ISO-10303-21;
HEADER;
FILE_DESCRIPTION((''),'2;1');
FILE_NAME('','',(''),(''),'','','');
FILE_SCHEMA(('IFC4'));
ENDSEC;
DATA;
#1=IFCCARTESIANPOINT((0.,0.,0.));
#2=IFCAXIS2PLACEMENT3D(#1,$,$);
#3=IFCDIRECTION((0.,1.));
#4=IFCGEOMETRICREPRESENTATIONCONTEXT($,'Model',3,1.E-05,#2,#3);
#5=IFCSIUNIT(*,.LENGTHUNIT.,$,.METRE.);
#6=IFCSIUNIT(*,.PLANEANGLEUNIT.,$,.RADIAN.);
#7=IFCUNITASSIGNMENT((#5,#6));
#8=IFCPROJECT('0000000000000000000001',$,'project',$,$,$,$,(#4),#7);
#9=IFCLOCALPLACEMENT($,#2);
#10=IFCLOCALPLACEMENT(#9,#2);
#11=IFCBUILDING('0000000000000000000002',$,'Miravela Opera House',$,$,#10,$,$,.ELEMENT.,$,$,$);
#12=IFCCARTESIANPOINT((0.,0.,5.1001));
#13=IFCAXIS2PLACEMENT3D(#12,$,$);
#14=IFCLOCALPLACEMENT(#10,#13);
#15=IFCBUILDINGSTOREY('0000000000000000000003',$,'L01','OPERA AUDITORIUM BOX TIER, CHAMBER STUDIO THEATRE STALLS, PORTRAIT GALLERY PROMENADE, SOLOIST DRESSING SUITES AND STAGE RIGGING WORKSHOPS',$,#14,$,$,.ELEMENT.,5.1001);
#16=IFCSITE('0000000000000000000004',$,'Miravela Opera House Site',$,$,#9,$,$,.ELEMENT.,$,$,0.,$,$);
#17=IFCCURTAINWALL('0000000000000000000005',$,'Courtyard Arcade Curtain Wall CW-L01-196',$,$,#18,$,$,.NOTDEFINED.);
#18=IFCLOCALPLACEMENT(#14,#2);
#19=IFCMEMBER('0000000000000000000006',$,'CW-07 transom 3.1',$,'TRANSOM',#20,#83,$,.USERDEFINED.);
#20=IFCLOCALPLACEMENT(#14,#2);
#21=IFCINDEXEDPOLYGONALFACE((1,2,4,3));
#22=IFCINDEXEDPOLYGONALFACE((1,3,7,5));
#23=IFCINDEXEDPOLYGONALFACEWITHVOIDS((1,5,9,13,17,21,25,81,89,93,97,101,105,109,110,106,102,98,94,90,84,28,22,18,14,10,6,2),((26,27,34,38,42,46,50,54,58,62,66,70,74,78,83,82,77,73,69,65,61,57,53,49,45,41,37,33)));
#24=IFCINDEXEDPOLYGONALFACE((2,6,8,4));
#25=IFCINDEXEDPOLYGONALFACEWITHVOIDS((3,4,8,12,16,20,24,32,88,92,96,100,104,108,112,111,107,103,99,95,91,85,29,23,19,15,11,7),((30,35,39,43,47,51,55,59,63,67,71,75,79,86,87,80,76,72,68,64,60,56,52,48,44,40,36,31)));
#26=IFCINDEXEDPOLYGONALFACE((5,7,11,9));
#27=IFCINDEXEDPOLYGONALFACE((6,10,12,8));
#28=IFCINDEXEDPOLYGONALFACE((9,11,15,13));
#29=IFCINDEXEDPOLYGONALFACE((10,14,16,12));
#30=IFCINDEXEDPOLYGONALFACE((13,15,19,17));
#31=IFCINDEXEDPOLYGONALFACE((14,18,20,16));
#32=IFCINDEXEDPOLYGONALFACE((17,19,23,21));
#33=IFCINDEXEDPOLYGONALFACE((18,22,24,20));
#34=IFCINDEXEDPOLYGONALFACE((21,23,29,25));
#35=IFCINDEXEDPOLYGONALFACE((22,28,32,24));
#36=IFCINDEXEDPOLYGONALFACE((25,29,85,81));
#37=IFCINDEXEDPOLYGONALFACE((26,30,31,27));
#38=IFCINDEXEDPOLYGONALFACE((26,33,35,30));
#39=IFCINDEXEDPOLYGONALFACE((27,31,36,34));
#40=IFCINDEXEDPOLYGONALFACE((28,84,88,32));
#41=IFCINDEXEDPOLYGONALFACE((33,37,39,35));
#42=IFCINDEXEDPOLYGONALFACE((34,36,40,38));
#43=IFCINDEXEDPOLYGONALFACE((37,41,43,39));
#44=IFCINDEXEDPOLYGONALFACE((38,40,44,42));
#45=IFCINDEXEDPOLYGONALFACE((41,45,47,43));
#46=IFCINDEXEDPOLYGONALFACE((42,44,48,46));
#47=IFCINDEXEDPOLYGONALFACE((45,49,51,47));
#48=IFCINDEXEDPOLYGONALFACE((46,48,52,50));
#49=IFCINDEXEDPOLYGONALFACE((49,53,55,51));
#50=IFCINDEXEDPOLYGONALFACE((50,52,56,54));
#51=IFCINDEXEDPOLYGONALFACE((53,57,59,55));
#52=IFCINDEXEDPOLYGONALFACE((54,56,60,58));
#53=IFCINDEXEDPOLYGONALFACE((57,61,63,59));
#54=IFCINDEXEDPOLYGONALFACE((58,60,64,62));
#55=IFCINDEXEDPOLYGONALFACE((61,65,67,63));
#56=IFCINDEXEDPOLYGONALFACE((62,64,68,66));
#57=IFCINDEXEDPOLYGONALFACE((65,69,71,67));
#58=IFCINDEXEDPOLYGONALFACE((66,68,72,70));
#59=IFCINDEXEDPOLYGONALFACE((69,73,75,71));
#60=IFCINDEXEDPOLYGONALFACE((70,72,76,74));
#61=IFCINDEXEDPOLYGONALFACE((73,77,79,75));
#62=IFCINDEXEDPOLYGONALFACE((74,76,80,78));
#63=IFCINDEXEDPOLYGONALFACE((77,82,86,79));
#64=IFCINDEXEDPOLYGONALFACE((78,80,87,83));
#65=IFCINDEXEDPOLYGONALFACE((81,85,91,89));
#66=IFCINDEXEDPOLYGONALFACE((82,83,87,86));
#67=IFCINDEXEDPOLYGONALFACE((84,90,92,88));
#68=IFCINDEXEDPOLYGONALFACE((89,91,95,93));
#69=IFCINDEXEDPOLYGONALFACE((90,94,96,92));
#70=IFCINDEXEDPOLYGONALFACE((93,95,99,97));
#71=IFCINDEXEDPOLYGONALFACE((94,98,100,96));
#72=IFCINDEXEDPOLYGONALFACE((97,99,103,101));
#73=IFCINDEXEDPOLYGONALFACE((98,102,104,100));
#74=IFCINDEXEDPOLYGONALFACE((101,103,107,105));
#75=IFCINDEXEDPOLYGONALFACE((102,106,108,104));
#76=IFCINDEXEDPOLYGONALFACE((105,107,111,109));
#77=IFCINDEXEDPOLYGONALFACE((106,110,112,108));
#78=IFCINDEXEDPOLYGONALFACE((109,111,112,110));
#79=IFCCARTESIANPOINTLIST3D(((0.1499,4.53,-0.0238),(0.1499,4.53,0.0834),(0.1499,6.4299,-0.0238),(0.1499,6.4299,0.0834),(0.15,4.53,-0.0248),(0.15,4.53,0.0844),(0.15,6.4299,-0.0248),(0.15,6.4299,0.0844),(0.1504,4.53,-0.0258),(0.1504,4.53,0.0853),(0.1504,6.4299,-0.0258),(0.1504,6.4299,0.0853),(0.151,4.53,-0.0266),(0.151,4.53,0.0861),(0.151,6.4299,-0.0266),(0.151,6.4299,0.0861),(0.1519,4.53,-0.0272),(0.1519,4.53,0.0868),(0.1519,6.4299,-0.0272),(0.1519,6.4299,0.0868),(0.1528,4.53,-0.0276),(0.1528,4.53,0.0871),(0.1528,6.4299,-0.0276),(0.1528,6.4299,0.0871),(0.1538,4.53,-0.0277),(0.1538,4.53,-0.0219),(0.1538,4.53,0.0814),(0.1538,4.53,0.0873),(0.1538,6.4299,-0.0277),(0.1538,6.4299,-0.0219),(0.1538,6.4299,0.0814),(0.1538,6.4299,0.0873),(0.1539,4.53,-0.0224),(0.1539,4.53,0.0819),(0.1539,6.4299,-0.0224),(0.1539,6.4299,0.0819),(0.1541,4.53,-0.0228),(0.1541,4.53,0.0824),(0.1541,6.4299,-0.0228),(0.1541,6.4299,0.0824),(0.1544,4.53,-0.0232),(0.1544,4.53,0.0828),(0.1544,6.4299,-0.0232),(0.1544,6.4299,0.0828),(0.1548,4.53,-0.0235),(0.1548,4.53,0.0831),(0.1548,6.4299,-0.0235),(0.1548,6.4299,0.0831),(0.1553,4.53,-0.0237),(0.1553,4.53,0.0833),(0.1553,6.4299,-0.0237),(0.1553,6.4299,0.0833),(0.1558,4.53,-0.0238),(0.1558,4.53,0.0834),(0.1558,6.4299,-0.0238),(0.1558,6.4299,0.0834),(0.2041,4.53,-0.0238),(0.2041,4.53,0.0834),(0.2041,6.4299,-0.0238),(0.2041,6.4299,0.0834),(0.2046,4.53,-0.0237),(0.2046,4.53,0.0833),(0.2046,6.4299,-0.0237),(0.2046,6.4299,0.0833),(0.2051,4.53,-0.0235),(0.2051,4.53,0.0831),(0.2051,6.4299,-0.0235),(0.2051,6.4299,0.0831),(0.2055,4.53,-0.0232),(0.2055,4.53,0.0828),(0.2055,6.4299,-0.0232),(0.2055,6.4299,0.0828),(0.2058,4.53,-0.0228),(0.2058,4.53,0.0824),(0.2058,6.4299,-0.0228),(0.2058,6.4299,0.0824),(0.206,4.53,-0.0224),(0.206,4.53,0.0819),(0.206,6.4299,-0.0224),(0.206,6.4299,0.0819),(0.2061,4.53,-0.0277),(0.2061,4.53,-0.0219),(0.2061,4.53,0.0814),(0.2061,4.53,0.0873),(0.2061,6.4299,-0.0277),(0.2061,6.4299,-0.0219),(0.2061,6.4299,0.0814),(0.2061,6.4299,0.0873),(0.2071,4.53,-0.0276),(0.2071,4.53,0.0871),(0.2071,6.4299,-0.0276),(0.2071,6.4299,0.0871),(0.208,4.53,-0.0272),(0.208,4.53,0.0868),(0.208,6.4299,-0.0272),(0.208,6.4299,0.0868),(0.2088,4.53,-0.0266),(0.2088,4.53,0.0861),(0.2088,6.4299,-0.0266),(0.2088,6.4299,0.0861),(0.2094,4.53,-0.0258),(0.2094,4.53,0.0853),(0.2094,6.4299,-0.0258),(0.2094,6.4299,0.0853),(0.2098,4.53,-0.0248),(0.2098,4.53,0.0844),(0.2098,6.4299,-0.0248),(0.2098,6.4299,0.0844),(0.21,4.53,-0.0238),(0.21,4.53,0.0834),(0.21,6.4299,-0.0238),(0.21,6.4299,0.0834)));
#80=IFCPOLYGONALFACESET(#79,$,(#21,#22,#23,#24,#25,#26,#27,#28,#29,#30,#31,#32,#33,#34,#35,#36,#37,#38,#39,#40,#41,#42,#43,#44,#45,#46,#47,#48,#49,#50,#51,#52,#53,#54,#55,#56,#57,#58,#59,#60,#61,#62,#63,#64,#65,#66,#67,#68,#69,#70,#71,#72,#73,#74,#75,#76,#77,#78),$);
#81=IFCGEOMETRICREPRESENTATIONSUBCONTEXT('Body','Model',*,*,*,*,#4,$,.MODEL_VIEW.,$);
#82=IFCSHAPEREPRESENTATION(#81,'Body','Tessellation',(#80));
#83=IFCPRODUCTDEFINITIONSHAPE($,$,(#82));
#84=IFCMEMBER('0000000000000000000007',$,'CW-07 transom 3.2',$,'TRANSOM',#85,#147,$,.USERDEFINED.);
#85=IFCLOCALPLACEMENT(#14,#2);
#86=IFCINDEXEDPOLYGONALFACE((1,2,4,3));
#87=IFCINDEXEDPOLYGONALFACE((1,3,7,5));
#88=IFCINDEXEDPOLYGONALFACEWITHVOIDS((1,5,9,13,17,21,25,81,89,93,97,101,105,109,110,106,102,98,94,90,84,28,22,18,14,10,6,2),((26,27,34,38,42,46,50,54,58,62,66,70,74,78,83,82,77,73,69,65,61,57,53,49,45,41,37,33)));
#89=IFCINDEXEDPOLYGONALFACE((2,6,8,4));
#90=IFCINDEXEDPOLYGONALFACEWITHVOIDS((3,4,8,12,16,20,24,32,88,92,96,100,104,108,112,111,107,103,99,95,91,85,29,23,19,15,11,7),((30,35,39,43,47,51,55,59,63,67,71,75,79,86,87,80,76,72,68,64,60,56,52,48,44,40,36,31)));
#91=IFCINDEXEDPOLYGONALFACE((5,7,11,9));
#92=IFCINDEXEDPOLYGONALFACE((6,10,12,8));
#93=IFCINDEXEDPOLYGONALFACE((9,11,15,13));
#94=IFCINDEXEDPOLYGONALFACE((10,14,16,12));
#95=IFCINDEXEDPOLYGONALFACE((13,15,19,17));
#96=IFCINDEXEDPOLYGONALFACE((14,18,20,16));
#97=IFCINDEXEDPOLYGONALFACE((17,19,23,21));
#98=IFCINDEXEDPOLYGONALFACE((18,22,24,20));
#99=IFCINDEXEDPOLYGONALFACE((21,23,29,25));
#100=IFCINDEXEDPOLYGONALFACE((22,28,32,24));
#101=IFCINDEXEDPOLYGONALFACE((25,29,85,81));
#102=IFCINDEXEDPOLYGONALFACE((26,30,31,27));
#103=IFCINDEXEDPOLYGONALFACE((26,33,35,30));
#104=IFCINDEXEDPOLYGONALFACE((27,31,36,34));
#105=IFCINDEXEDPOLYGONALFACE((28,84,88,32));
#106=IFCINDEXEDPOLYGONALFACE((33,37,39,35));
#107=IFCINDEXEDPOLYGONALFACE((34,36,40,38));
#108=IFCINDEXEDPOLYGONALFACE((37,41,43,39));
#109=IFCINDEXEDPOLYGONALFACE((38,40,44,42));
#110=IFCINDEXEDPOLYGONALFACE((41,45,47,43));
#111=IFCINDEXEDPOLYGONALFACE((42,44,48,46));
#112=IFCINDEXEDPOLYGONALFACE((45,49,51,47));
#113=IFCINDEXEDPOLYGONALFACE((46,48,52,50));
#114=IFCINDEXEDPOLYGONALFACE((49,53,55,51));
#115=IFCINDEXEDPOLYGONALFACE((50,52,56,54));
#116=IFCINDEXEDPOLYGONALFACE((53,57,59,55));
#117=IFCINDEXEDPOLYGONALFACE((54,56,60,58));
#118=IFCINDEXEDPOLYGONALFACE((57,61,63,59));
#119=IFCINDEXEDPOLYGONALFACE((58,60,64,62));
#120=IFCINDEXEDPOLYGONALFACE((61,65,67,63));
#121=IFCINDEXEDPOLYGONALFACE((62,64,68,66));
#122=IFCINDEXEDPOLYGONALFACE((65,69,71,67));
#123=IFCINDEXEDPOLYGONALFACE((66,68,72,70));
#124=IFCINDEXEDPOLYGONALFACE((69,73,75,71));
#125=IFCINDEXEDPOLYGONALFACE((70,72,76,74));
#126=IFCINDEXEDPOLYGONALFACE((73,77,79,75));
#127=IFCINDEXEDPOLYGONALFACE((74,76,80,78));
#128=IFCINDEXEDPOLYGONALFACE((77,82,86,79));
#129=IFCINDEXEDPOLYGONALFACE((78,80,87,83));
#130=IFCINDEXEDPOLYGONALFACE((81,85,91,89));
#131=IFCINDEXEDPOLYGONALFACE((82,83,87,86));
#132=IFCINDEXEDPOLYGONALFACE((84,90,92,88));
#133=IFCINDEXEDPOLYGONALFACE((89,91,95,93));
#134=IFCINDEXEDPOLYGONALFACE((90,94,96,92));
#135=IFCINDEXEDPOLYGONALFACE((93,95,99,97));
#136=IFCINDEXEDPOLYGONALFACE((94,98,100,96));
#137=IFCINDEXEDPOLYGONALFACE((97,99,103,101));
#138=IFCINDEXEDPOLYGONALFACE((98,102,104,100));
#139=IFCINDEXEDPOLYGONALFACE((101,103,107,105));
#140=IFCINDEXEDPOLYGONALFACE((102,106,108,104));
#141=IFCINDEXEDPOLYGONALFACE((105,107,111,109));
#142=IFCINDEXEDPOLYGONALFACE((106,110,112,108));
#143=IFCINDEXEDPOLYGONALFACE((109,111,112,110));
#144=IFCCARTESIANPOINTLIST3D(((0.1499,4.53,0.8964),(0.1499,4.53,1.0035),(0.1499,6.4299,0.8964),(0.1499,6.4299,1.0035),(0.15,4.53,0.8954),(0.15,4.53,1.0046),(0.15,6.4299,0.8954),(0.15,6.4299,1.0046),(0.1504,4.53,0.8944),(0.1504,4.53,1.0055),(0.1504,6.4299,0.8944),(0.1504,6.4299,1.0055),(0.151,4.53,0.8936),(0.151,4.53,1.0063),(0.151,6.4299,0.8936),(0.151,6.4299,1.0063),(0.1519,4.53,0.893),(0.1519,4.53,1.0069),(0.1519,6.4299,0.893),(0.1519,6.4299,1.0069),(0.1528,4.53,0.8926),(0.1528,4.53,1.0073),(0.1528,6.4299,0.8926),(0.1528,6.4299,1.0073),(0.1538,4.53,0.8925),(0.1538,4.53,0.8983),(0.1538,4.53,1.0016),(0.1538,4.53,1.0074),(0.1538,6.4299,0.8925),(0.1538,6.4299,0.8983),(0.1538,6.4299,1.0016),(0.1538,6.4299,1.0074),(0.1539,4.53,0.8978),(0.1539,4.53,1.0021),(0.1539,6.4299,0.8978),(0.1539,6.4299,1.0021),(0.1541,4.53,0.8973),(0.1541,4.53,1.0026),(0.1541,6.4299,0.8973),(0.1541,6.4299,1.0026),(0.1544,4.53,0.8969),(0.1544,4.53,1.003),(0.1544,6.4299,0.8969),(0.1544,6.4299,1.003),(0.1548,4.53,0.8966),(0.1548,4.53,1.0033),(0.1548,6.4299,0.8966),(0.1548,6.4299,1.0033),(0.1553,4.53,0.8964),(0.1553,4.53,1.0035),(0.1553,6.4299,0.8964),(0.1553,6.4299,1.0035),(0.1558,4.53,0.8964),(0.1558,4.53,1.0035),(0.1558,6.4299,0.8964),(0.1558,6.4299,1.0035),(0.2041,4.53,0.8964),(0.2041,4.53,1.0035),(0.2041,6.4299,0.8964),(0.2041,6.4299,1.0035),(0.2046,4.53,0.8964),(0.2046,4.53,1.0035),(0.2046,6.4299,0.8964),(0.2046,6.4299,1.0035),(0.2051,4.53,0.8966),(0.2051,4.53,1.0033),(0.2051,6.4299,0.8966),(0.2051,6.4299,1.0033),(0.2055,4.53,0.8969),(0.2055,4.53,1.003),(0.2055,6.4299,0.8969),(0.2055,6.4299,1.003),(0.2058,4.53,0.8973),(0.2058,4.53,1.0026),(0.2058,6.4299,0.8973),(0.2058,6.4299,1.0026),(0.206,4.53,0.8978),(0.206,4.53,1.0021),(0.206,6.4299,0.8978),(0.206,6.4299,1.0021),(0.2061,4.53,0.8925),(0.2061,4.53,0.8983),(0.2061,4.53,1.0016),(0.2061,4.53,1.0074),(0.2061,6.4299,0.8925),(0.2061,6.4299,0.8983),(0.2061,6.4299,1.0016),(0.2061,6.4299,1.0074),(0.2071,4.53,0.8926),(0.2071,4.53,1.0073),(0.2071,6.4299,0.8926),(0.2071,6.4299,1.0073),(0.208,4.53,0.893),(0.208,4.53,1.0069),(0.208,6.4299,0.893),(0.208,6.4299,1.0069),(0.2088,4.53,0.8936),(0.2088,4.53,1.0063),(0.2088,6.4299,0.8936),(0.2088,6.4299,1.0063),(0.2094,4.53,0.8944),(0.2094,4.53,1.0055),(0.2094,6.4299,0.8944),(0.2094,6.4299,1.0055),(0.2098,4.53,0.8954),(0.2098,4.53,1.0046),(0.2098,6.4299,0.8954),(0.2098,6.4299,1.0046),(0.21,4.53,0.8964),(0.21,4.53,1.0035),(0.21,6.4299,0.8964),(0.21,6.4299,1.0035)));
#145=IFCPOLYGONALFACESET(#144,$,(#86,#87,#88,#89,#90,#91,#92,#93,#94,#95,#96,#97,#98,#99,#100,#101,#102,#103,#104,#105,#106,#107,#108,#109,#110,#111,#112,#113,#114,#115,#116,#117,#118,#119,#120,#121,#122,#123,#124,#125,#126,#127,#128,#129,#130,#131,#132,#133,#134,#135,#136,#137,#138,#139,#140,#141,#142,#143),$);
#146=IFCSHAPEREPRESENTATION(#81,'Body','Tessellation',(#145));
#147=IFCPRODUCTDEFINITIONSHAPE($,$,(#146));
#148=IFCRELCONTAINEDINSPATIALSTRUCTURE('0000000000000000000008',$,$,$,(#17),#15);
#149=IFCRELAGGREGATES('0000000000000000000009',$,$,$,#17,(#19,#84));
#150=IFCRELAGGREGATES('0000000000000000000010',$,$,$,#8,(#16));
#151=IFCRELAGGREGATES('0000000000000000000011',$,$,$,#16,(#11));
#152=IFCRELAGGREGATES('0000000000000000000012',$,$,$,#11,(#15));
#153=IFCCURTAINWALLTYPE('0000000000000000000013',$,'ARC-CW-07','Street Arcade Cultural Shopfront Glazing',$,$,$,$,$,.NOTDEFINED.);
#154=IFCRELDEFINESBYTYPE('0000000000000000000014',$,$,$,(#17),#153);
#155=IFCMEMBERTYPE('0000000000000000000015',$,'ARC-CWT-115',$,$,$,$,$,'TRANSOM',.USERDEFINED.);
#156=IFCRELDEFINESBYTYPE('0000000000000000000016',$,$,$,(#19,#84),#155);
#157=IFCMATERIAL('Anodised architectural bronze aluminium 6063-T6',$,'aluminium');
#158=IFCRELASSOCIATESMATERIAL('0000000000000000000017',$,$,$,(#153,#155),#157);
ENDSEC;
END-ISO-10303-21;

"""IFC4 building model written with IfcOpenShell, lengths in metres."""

from ifc_helpers import new_model, si_unit, direction, frame, origin, origin_2d, place, context, subcontext, project, spatial, hollow_rectangle, extrude, material, material_profile, profile_set, type_object, element, aggregate, save


model = new_model("IFC4")

# Units and contexts
model_context = context("Model", 3, precision=1e-05, world=origin(), true_north=direction((0.0, 1.0)))
body_context = subcontext(model_context, "Body", "Model", "MODEL_VIEW")
ifc_project = project(units=[si_unit("LENGTHUNIT", "METRE"), si_unit("PLANEANGLEUNIT", "RADIAN")], contexts=[model_context])

# Site, building, storey
site_placement = place(None, origin())
site = spatial("IfcSite", under=ifc_project, at=site_placement, Name="Miravela Opera House Site", CompositionType="ELEMENT", RefElevation=0.0)
building_placement = place(site_placement, origin())
building = spatial("IfcBuilding", under=site, at=building_placement, Name="Miravela Opera House", CompositionType="ELEMENT")
storey_placement = place(building_placement, frame((0.0, 0.0, 5.1001)))
storey = spatial("IfcBuildingStorey", under=building, at=storey_placement, Name="L01", Description="OPERA AUDITORIUM BOX TIER, CHAMBER STUDIO THEATRE STALLS, PORTRAIT GALLERY PROMENADE, SOLOIST DRESSING SUITES AND STAGE RIGGING WORKSHOPS", CompositionType="ELEMENT", Elevation=5.1001)

# Curtain wall
ifc_material_1 = material(Name="Anodised architectural bronze aluminium 6063-T6", Category="aluminium")
curtain_wall_type = type_object("IfcCurtainWallType", Name="ARC-CW-07", Description="Street Arcade Cultural Shopfront Glazing", PredefinedType="NOTDEFINED", material=ifc_material_1)
curtain_wall_1_placement = place(storey_placement, origin())
curtain_wall_1 = element("IfcCurtainWall", 1, at=curtain_wall_1_placement, inside=storey, type_object=curtain_wall_type, Name="Courtyard Arcade Curtain Wall CW-L01-196", PredefinedType="NOTDEFINED")

# Members
ifc_material_profile_1 = material_profile(ifc_material_1, hollow_rectangle(XDim=0.0601, YDim=0.115, WallThickness=0.0039, InnerFilletRadius=0.002, OuterFilletRadius=0.0039, at=origin_2d()), Name="CWT-60X115")
ifc_profile_set_1 = profile_set([ifc_material_profile_1])
member_type_1 = type_object("IfcMemberType", Name="ARC-CWT-115", ElementType="TRANSOM", PredefinedType="USERDEFINED", material=ifc_profile_set_1)
member_1_placement = place(storey_placement, frame((0.1799, 4.53, 0.0298), z_axis=(0.0, 1.0, 0.0), x_axis=(-1.0, 0.0, 0.0)))
member_1 = element("IfcMember", 2, at=member_1_placement, type_object=member_type_1, Name="CW-07 transom 3.1", ObjectType="TRANSOM", PredefinedType="USERDEFINED", context=body_context, shape_type="SweptSolid", body=[
    extrude(hollow_rectangle(XDim=0.0601, YDim=0.115, WallThickness=0.0039, InnerFilletRadius=0.002, OuterFilletRadius=0.0039, at=origin_2d()), origin(), (0.0, 0.0, 1.0), 1.8999),
])
member_2_placement = place(storey_placement, frame((0.1799, 4.53, 0.95), z_axis=(0.0, 1.0, 0.0), x_axis=(-1.0, 0.0, 0.0)))
member_2 = element("IfcMember", 3, at=member_2_placement, type_object=member_type_1, Name="CW-07 transom 3.2", ObjectType="TRANSOM", PredefinedType="USERDEFINED", context=body_context, shape_type="SweptSolid", body=[
    extrude(hollow_rectangle(XDim=0.0601, YDim=0.115, WallThickness=0.0039, InnerFilletRadius=0.002, OuterFilletRadius=0.0039, at=origin_2d()), origin(), (0.0, 0.0, 1.0), 1.8999),
])

aggregate(curtain_wall_1, [member_1, member_2])

save(model, "model.ifc")
